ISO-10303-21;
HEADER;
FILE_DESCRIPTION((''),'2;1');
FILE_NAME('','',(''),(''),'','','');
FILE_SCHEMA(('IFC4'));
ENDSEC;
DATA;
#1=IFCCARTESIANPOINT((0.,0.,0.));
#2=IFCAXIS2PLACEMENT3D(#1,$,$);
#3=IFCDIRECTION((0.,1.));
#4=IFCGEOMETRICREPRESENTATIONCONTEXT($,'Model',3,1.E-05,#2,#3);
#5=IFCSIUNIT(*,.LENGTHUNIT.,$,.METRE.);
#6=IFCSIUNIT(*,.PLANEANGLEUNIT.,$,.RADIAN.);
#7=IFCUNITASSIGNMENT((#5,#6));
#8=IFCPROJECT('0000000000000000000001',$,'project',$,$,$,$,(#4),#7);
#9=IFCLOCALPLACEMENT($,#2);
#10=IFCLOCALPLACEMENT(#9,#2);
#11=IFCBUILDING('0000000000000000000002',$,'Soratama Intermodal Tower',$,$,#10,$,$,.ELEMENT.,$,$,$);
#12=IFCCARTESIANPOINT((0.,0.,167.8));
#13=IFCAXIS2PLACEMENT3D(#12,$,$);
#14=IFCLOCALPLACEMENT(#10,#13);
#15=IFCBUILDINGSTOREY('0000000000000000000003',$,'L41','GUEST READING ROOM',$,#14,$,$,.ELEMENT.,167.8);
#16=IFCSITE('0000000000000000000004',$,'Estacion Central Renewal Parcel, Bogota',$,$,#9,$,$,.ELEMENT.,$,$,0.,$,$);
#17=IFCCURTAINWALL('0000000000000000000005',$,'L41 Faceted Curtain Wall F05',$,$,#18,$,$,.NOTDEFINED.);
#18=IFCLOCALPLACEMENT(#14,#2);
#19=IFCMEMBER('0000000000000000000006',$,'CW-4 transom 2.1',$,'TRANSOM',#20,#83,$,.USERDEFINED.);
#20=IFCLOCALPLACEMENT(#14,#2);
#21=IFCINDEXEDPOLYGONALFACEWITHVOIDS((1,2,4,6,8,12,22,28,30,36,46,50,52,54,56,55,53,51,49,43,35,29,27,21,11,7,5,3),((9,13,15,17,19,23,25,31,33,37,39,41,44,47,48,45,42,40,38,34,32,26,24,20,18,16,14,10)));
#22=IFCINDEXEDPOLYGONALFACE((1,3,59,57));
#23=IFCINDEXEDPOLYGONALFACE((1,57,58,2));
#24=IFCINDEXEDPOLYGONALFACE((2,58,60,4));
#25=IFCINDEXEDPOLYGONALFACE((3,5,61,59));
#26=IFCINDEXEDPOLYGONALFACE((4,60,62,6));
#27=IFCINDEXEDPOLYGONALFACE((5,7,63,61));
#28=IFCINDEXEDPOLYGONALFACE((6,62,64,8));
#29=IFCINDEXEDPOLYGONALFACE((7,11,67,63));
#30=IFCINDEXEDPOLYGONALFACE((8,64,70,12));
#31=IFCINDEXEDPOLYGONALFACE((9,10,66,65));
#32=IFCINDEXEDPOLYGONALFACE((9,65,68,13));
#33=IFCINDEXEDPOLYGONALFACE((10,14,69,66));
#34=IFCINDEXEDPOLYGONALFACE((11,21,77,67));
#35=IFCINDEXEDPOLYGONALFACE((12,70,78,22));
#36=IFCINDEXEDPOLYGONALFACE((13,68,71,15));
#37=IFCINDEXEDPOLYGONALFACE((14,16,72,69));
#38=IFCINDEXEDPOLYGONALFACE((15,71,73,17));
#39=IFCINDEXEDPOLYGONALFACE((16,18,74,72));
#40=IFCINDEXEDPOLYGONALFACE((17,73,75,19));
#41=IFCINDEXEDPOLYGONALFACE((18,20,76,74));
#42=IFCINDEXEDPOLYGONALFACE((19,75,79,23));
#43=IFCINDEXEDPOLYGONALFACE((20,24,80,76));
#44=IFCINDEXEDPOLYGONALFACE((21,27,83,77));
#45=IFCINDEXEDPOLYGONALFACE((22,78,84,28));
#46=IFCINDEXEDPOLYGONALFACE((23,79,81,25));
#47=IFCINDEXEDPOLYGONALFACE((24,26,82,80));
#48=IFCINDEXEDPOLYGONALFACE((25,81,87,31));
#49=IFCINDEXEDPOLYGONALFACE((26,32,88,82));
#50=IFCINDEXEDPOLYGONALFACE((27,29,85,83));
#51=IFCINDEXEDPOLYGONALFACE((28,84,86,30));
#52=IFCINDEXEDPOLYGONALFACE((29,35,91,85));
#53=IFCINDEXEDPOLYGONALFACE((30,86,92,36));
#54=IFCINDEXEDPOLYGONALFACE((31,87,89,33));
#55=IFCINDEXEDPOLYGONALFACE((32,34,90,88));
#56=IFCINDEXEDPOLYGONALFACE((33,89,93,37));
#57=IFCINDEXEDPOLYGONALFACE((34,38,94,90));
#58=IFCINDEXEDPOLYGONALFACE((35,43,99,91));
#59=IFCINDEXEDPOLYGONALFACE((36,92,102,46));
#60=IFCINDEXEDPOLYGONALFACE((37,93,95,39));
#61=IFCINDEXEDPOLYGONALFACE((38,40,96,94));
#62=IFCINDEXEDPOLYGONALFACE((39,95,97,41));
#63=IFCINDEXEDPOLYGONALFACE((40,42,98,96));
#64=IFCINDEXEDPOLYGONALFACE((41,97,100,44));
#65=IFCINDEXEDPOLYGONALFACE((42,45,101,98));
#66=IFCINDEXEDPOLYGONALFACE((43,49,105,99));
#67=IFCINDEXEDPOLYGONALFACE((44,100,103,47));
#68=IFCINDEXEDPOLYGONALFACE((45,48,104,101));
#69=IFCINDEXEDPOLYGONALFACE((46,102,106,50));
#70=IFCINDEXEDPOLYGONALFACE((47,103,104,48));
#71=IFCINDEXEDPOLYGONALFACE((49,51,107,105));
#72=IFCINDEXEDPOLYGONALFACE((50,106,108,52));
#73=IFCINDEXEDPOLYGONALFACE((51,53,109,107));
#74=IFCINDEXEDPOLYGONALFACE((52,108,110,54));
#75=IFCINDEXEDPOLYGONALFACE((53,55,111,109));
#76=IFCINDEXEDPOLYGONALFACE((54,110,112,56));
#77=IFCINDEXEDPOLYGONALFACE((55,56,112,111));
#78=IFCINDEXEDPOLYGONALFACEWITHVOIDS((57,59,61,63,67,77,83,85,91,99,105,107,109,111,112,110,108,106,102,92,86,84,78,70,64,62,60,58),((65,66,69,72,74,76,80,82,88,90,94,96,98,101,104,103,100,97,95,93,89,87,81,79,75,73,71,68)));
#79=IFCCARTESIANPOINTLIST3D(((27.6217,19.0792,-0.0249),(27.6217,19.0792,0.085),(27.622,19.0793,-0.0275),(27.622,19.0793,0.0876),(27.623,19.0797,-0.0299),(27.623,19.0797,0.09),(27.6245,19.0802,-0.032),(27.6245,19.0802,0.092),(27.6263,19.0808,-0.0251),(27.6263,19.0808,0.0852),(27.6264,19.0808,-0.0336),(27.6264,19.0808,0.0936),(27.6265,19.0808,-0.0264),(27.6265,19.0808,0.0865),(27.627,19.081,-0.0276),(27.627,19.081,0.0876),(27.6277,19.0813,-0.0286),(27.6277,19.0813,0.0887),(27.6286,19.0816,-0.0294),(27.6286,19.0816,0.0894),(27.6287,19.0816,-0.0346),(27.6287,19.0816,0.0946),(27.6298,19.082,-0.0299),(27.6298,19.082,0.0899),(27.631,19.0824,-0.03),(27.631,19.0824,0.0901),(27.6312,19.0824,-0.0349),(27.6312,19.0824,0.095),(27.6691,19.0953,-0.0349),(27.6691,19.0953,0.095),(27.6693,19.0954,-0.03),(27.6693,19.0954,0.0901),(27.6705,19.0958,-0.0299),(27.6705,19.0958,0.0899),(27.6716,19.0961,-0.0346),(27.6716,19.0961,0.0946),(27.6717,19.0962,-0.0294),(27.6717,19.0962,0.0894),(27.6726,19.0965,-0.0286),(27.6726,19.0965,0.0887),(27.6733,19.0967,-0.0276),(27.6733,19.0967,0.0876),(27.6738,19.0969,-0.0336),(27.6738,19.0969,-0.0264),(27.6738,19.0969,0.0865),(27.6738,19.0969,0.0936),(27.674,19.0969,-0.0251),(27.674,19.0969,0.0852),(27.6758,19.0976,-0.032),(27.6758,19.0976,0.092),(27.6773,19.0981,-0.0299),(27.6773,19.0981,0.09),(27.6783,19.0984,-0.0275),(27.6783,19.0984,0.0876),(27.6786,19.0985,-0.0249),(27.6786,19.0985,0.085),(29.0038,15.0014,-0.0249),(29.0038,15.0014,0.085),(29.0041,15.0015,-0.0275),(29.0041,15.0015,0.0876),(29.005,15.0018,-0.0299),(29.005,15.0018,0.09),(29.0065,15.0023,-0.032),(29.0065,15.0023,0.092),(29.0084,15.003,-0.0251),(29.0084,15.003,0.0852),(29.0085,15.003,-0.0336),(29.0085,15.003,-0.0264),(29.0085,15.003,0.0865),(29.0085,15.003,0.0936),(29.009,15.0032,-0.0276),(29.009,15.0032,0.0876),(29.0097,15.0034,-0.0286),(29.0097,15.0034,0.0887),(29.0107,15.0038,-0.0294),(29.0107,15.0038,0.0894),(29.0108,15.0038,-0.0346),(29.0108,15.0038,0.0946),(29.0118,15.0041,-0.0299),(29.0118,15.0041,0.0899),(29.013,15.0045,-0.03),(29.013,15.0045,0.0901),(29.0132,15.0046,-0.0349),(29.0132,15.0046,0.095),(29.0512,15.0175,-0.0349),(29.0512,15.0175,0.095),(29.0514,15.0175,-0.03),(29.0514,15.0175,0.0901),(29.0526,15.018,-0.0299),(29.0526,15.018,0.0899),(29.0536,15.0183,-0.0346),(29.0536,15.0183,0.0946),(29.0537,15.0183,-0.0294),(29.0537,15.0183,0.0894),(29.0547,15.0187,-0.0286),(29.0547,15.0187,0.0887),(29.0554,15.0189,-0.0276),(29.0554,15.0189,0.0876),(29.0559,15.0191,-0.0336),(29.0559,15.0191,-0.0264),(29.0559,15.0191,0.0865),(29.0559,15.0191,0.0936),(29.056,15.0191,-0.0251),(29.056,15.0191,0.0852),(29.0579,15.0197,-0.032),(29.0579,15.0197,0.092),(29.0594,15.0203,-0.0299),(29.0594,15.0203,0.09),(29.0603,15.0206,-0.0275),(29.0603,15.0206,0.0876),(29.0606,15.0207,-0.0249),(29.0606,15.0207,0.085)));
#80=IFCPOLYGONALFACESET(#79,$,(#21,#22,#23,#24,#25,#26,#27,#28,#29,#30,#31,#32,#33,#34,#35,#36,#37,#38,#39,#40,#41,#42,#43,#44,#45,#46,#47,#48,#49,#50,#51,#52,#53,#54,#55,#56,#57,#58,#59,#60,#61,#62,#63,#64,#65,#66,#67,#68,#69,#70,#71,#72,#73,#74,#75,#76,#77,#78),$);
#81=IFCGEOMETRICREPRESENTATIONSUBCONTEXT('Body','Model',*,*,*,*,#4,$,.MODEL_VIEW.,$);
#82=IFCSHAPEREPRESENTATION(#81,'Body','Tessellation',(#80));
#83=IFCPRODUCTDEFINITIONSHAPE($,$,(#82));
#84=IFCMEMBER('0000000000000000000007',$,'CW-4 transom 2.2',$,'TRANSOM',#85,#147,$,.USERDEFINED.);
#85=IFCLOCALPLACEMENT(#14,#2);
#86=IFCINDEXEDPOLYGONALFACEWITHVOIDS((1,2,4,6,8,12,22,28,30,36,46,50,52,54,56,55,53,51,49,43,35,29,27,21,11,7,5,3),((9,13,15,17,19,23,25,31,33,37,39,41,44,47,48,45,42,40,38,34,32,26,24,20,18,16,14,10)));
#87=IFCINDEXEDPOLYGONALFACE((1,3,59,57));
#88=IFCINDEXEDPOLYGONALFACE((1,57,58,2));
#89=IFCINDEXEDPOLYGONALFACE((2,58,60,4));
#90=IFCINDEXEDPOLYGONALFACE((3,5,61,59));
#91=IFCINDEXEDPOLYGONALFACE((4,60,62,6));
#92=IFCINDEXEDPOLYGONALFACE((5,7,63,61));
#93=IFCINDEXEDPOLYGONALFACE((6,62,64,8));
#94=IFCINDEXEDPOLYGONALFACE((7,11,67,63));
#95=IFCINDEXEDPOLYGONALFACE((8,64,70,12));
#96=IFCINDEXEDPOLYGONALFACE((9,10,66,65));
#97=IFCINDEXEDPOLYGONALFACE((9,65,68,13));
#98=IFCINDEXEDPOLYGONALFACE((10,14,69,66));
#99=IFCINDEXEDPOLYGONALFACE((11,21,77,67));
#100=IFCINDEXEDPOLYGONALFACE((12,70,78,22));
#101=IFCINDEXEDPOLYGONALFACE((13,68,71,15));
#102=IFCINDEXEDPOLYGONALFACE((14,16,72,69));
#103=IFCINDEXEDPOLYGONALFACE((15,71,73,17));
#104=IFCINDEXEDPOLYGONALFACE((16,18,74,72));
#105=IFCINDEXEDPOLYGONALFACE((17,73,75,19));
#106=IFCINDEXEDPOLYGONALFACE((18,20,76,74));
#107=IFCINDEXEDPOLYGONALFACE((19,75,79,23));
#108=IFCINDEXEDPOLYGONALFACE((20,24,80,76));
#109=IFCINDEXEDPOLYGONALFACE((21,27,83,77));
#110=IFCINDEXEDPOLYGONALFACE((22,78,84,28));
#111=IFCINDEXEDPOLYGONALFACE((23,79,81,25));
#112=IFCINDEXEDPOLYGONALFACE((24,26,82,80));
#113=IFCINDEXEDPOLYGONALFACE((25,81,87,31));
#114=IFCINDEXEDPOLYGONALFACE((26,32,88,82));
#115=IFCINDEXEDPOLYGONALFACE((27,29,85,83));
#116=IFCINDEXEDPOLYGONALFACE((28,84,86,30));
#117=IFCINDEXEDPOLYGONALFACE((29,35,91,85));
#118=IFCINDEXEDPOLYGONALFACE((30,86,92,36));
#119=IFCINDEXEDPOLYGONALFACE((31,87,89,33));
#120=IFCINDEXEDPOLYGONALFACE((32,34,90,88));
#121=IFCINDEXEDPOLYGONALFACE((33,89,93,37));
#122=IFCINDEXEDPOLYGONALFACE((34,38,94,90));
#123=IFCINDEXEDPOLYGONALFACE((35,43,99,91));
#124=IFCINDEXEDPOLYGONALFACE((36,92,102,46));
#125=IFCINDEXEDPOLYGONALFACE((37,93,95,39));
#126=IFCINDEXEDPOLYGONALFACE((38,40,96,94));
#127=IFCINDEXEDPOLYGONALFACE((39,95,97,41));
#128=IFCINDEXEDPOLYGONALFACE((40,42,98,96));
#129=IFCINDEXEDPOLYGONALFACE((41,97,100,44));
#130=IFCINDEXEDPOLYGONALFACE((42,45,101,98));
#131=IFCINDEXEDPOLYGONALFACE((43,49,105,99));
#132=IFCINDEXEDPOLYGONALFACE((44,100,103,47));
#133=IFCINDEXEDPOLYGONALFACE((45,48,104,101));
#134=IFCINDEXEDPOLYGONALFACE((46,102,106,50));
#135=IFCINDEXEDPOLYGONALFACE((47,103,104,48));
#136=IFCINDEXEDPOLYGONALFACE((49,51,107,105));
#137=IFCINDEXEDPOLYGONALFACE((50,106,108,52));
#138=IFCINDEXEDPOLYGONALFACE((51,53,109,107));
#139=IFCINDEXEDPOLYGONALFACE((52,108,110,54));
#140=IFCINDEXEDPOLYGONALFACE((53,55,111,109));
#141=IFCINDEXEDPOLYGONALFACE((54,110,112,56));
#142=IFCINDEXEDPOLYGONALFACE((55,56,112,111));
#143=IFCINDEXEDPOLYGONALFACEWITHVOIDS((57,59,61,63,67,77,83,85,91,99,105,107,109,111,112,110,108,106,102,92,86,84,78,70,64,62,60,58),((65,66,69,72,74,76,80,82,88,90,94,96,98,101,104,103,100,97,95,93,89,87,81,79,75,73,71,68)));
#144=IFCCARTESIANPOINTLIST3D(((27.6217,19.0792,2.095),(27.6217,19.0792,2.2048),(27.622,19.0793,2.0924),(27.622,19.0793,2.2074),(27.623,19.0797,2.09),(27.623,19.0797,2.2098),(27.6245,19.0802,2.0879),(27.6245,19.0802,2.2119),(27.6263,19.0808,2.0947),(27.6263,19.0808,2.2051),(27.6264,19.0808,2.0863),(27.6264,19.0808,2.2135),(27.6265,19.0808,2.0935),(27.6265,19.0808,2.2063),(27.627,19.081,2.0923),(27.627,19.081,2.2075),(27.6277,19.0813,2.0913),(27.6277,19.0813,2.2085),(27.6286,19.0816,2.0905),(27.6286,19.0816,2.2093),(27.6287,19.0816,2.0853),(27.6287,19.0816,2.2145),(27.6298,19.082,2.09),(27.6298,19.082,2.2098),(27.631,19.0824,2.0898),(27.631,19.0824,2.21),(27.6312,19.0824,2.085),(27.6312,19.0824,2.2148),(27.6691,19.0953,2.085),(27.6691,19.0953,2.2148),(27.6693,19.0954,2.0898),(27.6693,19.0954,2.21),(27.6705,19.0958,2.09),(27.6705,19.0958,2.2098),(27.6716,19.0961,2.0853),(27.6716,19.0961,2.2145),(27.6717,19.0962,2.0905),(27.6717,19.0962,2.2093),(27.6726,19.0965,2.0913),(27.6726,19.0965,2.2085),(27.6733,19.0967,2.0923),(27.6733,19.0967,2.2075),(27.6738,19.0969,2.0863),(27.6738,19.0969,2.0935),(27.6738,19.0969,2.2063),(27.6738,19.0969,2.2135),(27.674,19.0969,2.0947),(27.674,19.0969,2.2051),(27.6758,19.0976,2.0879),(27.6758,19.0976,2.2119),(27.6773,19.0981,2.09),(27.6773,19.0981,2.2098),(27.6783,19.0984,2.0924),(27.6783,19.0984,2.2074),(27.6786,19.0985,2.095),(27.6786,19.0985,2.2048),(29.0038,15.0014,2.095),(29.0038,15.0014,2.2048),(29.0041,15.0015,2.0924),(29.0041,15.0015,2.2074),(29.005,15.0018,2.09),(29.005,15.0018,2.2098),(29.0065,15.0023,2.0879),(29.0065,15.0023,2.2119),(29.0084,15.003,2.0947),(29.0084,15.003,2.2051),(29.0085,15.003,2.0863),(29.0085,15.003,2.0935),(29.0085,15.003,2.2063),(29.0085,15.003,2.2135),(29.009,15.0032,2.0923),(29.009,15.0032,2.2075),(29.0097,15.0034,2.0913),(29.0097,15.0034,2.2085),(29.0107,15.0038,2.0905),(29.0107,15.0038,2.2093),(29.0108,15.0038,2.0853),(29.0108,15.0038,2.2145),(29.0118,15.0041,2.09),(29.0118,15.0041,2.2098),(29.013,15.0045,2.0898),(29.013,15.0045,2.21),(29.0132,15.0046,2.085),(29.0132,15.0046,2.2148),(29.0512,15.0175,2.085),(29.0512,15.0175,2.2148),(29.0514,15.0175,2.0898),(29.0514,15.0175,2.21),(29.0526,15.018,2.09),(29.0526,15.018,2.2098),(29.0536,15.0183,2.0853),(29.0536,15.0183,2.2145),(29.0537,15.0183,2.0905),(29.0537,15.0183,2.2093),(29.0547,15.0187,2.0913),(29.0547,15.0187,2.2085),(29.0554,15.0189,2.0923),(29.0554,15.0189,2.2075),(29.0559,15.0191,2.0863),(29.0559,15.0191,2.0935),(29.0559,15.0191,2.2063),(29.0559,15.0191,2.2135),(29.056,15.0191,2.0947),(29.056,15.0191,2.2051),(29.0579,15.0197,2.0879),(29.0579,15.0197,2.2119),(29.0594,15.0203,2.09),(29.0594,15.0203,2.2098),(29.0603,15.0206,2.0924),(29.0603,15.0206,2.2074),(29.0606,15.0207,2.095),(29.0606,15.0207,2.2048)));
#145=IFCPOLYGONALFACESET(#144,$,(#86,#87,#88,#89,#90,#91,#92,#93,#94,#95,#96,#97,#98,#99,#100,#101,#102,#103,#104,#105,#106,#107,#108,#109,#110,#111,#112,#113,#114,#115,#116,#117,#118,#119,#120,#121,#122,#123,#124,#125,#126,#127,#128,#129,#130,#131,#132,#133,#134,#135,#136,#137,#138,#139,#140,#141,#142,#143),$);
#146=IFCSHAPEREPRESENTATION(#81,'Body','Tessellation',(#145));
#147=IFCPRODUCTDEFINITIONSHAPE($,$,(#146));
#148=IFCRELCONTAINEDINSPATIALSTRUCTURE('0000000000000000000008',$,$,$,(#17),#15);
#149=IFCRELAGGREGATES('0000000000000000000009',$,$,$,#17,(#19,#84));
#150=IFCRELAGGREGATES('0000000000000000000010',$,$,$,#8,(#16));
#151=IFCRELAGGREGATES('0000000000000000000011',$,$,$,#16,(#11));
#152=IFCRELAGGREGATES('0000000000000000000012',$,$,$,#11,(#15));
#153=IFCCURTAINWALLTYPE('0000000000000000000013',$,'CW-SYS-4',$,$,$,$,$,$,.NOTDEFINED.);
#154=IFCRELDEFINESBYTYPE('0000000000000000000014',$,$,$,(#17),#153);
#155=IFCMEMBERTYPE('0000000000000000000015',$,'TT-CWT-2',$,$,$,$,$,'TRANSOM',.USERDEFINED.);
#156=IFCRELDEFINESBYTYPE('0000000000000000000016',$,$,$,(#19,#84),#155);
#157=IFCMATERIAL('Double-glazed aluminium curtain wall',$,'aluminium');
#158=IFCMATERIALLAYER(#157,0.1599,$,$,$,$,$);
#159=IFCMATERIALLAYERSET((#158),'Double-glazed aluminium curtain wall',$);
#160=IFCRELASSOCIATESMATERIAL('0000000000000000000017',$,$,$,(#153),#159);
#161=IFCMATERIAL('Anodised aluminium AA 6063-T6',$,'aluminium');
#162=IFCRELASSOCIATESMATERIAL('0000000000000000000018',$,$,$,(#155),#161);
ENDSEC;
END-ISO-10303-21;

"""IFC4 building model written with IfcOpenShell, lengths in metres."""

from ifc_helpers import new_model, si_unit, direction, frame, origin, origin_2d, place, context, subcontext, project, spatial, hollow_rectangle, extrude, material, layer, layer_set, material_profile, profile_set, type_object, element, aggregate, save


model = new_model("IFC4")

# Units and contexts
model_context = context("Model", 3, precision=1e-05, world=origin(), true_north=direction((0.0, 1.0)))
body_context = subcontext(model_context, "Body", "Model", "MODEL_VIEW")
ifc_project = project(units=[si_unit("LENGTHUNIT", "METRE"), si_unit("PLANEANGLEUNIT", "RADIAN")], contexts=[model_context])

# Site, building, storey
site_placement = place(None, origin())
site = spatial("IfcSite", under=ifc_project, at=site_placement, Name="Estacion Central Renewal Parcel, Bogota", CompositionType="ELEMENT", RefElevation=0.0)
building_placement = place(site_placement, origin())
building = spatial("IfcBuilding", under=site, at=building_placement, Name="Soratama Intermodal Tower", CompositionType="ELEMENT")
storey_placement = place(building_placement, frame((0.0, 0.0, 167.8)))
storey = spatial("IfcBuildingStorey", under=building, at=storey_placement, Name="L41", Description="GUEST READING ROOM", CompositionType="ELEMENT", Elevation=167.8)

# Curtain wall, members
ifc_material_1 = material(Name="Double-glazed aluminium curtain wall", Category="aluminium")
ifc_layer_1 = layer(ifc_material_1, 0.1599)
ifc_layer_set_1 = layer_set([ifc_layer_1], Name="Double-glazed aluminium curtain wall")
curtain_wall_type = type_object("IfcCurtainWallType", Name="CW-SYS-4", PredefinedType="NOTDEFINED", material=ifc_layer_set_1)
curtain_wall_placement = place(storey_placement, origin())
curtain_wall = element("IfcCurtainWall", 1, at=curtain_wall_placement, inside=storey, type_object=curtain_wall_type, Name="L41 Faceted Curtain Wall F05", PredefinedType="NOTDEFINED")
ifc_material_2 = material(Name="Anodised aluminium AA 6063-T6", Category="aluminium")
ifc_material_profile_1 = material_profile(ifc_material_2, hollow_rectangle(XDim=0.0601, YDim=0.1299, WallThickness=0.0049, InnerFilletRadius=0.0049, OuterFilletRadius=0.01, at=origin_2d()), Name="CWT130X60X5")
ifc_profile_set_1 = profile_set([ifc_material_profile_1], Name="Anodised aluminium AA 6063-T6")
member_type_1 = type_object("IfcMemberType", Name="TT-CWT-2", ElementType="TRANSOM", PredefinedType="USERDEFINED", material=ifc_profile_set_1)
member_1_placement = place(storey_placement, frame((27.6501, 19.0889, 0.03), z_axis=(0.320987, -0.947084, 0.0), x_axis=(0.947084, 0.320987, 0.0)))
member_1 = element("IfcMember", 2, at=member_1_placement, type_object=member_type_1, Name="CW-4 transom 2.1", ObjectType="TRANSOM", PredefinedType="USERDEFINED", context=body_context, shape_type="SweptSolid", body=[
    extrude(hollow_rectangle(XDim=0.0601, YDim=0.1299, WallThickness=0.0049, InnerFilletRadius=0.0049, OuterFilletRadius=0.01, at=origin_2d()), origin(), (0.0, 0.0, 1.0), 4.3057),
])
member_2_placement = place(storey_placement, frame((27.6501, 19.0889, 2.1499), z_axis=(0.320987, -0.947084, 0.0), x_axis=(0.947084, 0.320987, 0.0)))
member_2 = element("IfcMember", 3, at=member_2_placement, type_object=member_type_1, Name="CW-4 transom 2.2", ObjectType="TRANSOM", PredefinedType="USERDEFINED", context=body_context, shape_type="SweptSolid", body=[
    extrude(hollow_rectangle(XDim=0.0601, YDim=0.1299, WallThickness=0.0049, InnerFilletRadius=0.0049, OuterFilletRadius=0.01, at=origin_2d()), origin(), (0.0, 0.0, 1.0), 4.3057),
])
aggregate(curtain_wall, [member_1, member_2])

save(model, "model.ifc")
